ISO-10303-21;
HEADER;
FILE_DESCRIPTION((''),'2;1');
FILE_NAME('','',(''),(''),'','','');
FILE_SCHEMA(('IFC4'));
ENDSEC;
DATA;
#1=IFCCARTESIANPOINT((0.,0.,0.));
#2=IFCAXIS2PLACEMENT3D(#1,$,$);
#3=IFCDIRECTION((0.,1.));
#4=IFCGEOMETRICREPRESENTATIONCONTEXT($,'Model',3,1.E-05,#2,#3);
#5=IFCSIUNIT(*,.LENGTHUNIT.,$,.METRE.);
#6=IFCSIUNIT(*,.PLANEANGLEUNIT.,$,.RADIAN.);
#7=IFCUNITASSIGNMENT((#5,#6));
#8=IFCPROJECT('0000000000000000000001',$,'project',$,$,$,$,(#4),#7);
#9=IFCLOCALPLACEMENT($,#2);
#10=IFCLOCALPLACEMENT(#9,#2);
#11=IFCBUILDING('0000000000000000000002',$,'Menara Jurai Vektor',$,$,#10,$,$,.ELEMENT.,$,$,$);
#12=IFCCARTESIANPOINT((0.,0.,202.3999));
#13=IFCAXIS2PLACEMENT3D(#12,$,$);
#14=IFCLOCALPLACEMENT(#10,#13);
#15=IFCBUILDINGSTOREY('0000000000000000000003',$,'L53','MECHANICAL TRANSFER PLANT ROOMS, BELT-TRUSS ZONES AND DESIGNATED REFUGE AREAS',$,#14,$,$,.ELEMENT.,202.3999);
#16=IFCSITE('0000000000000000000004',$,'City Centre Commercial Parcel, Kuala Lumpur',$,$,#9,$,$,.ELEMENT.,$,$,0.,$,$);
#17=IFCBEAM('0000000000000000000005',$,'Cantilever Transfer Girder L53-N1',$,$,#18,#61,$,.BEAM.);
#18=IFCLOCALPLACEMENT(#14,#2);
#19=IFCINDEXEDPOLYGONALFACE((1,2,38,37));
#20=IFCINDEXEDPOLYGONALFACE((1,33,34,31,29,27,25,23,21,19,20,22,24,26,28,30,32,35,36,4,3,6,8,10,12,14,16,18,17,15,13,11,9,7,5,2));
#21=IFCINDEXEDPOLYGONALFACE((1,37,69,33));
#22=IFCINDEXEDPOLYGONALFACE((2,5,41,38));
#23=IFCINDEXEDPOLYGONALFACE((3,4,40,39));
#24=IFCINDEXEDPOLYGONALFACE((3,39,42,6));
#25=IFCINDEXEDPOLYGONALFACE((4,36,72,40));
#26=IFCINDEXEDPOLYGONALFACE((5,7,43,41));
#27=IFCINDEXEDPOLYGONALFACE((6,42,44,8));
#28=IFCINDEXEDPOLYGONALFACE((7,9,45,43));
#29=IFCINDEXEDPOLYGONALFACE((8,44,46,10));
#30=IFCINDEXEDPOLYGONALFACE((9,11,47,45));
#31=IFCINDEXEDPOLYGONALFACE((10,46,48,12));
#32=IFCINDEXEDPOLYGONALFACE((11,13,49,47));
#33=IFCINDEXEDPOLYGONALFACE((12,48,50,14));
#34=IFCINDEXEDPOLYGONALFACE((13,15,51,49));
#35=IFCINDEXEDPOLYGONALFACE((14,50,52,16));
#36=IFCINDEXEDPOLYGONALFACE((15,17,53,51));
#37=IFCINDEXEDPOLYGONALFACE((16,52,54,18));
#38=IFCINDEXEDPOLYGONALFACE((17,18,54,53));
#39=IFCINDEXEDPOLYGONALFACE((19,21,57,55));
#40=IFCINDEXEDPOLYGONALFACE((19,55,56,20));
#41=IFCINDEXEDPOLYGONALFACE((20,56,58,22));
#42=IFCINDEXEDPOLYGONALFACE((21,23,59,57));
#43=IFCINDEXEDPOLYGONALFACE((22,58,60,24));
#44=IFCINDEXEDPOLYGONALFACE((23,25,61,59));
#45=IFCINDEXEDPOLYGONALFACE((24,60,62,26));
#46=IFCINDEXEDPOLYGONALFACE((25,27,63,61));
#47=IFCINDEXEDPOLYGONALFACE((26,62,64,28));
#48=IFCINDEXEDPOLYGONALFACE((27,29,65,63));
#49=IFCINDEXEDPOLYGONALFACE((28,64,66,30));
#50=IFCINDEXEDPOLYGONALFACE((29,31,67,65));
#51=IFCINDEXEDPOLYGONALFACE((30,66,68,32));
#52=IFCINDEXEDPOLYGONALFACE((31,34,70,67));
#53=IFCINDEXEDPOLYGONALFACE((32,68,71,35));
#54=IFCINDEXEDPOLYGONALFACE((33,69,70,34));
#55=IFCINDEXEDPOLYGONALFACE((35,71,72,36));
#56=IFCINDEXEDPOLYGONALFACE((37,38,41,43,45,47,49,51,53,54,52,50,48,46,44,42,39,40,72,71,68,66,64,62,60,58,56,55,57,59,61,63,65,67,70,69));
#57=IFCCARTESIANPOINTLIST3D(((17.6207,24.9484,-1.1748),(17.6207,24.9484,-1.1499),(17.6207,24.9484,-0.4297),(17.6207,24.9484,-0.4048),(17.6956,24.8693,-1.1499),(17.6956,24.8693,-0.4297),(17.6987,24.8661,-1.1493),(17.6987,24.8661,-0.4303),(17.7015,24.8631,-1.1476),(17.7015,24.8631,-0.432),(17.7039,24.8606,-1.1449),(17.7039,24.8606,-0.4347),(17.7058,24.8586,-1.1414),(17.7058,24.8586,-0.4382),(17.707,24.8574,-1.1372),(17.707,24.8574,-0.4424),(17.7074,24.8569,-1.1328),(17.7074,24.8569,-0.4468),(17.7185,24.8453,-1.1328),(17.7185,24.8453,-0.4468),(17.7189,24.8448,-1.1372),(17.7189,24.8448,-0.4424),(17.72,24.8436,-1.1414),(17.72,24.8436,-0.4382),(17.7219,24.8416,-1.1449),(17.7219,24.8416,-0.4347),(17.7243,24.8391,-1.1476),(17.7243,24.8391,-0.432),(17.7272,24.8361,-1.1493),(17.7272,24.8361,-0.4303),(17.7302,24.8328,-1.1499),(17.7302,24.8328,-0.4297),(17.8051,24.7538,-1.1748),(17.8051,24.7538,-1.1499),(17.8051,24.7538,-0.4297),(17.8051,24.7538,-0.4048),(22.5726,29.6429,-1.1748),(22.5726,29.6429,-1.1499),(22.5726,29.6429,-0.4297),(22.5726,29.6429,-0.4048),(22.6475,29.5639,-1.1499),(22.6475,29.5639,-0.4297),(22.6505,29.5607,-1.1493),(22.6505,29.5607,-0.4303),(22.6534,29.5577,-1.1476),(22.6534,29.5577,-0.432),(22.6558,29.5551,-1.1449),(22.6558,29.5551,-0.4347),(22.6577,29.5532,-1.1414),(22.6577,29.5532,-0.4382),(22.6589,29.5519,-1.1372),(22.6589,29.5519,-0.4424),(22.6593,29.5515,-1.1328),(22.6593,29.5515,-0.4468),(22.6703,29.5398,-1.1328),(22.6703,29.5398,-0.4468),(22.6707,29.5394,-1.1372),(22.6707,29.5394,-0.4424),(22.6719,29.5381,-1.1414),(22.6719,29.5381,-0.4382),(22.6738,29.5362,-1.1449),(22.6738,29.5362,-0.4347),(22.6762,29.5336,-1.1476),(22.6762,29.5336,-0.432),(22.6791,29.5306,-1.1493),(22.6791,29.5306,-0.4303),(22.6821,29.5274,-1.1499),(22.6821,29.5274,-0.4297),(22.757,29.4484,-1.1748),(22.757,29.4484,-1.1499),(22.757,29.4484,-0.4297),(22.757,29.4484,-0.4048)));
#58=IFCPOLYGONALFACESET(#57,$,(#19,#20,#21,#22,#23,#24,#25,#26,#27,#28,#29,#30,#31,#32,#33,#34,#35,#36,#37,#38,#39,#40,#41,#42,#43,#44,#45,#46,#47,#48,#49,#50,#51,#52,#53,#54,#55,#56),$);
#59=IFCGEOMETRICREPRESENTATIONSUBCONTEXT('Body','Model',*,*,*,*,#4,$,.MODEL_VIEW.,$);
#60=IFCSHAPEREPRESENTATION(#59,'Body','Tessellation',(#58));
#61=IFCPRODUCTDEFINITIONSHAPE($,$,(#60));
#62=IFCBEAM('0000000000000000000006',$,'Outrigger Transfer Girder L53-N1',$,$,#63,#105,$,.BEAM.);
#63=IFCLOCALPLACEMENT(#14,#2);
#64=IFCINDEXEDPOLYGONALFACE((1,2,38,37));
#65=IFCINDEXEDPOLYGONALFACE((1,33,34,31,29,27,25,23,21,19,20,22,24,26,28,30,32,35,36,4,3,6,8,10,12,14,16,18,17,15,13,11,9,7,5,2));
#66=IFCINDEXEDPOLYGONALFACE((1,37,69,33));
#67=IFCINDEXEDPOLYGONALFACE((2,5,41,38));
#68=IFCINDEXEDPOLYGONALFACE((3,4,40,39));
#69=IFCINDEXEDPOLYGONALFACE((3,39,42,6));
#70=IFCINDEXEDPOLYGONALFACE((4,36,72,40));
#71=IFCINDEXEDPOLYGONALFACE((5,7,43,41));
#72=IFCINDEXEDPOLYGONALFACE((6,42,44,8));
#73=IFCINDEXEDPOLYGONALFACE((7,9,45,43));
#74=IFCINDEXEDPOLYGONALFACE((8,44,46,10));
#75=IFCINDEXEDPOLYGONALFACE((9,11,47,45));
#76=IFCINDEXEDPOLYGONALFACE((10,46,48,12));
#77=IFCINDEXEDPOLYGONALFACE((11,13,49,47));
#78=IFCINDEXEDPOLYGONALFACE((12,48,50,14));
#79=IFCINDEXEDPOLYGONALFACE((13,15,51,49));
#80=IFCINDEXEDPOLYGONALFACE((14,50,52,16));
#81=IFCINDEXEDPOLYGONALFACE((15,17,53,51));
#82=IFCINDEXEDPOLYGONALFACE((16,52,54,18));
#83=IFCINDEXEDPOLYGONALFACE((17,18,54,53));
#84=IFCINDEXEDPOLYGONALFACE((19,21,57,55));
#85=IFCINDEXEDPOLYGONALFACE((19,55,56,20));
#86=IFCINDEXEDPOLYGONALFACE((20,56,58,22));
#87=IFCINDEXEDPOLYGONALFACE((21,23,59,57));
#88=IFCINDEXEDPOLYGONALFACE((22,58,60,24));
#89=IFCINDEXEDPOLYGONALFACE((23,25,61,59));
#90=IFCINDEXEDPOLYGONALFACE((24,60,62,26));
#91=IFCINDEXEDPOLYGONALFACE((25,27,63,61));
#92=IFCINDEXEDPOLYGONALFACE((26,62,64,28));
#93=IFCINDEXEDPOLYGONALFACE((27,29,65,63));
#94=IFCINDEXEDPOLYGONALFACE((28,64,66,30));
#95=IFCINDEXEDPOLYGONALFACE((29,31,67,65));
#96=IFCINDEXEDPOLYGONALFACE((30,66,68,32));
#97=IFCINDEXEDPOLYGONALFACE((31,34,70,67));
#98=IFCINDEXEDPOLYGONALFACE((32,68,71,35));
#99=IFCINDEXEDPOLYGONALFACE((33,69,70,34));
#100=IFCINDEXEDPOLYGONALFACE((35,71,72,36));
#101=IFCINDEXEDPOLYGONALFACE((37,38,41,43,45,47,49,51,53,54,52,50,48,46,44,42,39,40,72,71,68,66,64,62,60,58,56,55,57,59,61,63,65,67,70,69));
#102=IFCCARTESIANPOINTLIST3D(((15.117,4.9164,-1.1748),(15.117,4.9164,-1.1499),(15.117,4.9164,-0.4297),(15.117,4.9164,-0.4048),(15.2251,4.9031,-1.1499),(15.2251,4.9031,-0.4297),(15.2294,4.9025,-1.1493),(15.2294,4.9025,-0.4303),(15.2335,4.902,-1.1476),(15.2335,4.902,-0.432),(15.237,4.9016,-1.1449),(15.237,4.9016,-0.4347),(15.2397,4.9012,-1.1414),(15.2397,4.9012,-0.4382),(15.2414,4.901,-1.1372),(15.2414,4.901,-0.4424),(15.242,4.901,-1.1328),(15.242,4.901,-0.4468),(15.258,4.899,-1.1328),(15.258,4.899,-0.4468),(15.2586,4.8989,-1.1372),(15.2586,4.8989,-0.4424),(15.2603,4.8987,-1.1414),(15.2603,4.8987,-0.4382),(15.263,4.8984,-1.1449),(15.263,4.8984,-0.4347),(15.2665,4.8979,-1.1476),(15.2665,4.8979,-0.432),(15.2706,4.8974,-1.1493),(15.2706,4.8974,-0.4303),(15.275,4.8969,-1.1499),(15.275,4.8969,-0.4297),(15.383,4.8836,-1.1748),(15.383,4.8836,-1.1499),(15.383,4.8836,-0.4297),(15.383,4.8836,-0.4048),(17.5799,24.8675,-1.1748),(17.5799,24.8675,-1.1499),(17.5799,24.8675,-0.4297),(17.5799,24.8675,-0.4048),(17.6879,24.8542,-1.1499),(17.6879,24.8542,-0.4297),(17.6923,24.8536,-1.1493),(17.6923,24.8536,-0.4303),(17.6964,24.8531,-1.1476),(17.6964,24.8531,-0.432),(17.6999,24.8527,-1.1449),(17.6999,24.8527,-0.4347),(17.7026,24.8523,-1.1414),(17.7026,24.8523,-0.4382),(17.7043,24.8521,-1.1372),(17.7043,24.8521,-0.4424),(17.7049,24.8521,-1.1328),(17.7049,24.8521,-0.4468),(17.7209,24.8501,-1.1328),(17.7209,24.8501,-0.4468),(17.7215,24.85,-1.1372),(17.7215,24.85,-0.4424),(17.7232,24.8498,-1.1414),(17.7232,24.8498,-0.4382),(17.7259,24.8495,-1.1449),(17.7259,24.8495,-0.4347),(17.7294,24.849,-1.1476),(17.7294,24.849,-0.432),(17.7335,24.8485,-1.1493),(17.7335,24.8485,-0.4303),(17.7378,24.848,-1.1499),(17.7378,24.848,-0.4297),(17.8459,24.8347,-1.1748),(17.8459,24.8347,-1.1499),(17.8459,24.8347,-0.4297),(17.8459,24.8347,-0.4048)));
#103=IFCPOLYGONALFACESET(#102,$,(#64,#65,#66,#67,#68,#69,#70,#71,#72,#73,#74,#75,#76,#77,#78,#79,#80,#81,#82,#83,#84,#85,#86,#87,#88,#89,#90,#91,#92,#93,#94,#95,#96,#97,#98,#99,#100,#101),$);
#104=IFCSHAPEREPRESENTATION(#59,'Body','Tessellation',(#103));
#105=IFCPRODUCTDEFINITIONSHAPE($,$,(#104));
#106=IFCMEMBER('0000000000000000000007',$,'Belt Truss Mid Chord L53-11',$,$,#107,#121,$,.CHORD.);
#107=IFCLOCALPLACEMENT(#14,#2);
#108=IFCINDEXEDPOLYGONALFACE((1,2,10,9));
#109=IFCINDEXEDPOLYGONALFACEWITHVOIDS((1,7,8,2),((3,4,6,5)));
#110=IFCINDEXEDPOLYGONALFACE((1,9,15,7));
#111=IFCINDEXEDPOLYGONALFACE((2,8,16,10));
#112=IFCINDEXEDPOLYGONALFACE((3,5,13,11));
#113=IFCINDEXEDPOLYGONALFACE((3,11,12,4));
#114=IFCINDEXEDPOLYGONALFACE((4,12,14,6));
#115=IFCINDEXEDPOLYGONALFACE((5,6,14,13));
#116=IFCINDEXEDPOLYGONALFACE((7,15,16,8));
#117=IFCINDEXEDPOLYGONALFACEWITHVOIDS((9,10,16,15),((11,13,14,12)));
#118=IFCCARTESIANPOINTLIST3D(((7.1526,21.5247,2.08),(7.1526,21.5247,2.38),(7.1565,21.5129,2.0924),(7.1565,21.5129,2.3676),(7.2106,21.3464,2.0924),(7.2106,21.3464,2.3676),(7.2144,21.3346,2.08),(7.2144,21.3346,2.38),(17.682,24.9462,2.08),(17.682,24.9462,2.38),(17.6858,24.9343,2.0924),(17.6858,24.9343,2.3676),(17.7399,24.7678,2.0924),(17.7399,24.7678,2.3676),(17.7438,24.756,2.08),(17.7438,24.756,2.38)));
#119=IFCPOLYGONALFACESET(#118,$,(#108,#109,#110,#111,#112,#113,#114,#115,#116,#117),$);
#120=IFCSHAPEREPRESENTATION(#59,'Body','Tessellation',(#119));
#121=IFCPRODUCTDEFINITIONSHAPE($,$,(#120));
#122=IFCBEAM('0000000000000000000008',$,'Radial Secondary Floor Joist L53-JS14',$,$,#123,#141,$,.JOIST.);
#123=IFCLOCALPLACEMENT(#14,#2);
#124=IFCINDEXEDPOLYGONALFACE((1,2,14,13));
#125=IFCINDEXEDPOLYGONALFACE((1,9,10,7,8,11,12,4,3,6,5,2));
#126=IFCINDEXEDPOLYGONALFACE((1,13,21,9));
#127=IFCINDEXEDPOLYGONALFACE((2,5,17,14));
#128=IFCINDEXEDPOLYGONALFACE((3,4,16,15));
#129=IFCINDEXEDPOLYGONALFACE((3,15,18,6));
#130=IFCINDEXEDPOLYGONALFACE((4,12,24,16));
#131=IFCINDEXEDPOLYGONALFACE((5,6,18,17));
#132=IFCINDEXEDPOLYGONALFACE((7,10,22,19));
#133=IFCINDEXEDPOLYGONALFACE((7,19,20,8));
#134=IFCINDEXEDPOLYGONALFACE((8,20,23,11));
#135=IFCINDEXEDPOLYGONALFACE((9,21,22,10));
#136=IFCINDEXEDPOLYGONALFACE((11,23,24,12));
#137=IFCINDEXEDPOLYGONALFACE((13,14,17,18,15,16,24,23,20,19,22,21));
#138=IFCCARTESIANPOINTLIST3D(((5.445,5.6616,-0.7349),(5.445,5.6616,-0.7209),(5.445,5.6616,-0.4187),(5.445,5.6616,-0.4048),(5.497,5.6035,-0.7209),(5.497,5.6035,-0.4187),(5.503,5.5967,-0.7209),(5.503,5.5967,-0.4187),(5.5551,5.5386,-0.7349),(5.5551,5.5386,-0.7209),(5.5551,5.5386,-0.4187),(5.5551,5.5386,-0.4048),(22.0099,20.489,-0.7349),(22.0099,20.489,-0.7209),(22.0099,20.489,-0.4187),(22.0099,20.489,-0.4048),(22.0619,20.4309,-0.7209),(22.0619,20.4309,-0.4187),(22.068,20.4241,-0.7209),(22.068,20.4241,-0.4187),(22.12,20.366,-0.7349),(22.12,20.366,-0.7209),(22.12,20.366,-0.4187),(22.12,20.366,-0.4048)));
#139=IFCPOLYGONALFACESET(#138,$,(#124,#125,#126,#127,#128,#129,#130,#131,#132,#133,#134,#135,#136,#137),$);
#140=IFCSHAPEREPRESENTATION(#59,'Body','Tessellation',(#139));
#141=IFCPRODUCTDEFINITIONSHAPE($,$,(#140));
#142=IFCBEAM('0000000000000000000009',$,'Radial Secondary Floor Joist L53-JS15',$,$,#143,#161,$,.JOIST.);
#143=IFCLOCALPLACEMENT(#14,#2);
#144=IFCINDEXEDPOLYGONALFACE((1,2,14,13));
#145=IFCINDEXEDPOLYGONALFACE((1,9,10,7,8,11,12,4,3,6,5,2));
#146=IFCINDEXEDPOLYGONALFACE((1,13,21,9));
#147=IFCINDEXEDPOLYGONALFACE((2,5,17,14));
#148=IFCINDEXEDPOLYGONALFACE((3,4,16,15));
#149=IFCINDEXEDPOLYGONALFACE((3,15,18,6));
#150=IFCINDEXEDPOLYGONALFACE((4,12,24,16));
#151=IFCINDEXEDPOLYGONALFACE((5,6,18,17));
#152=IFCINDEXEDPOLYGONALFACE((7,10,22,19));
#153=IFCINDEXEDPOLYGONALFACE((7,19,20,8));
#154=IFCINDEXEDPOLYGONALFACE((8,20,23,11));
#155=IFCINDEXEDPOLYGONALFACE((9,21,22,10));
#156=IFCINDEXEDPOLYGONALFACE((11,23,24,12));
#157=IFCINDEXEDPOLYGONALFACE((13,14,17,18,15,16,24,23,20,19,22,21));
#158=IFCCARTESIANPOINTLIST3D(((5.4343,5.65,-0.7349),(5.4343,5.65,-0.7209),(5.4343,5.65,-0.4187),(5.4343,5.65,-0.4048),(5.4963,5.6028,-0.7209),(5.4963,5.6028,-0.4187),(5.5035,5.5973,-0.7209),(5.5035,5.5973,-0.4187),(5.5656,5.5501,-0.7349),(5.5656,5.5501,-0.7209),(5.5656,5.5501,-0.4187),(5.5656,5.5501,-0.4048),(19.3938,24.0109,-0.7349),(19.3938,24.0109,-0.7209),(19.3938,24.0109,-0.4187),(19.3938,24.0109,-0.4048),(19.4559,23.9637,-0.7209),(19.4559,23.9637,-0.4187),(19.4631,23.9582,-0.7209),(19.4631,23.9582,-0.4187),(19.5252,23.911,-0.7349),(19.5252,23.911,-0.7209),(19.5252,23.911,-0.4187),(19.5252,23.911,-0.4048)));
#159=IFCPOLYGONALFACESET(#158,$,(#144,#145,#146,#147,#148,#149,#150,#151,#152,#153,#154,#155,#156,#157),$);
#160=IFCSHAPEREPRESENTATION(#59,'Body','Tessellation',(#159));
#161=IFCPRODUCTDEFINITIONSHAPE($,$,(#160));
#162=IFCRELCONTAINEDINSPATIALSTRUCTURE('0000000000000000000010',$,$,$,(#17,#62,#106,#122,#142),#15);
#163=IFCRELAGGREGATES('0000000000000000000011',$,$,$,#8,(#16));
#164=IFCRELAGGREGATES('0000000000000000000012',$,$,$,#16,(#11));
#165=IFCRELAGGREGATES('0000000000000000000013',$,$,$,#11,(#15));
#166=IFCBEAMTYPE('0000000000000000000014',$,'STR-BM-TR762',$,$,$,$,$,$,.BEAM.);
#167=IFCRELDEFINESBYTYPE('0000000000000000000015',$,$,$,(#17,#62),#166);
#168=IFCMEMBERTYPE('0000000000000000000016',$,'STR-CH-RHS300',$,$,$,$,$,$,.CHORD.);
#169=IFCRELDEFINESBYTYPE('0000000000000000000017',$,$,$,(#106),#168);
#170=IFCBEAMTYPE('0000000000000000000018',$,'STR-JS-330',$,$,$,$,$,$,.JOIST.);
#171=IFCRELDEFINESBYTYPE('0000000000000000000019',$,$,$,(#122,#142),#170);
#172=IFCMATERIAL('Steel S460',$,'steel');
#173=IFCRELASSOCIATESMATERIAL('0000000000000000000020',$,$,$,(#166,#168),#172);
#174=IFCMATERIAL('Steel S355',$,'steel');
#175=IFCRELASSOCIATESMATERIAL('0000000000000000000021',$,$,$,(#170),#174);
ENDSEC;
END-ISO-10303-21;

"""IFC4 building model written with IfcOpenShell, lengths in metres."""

from ifc_helpers import new_model, si_unit, direction, frame, origin, origin_2d, place, context, subcontext, project, spatial, hollow_rectangle, i_section, extrude, material, material_profile, profile_set, type_object, element, save


model = new_model("IFC4")

# Units and contexts
model_context = context("Model", 3, precision=1e-05, world=origin(), true_north=direction((0.0, 1.0)))
body_context = subcontext(model_context, "Body", "Model", "MODEL_VIEW")
ifc_project = project(units=[si_unit("LENGTHUNIT", "METRE"), si_unit("PLANEANGLEUNIT", "RADIAN")], contexts=[model_context])

# Site, building, storey
site_placement = place(None, origin())
site = spatial("IfcSite", under=ifc_project, at=site_placement, Name="City Centre Commercial Parcel, Kuala Lumpur", CompositionType="ELEMENT", RefElevation=0.0)
building_placement = place(site_placement, origin())
building = spatial("IfcBuilding", under=site, at=building_placement, Name="Menara Jurai Vektor", CompositionType="ELEMENT")
storey_placement = place(building_placement, frame((0.0, 0.0, 202.3999)))
storey = spatial("IfcBuildingStorey", under=building, at=storey_placement, Name="L53", Description="MECHANICAL TRANSFER PLANT ROOMS, BELT-TRUSS ZONES AND DESIGNATED REFUGE AREAS", CompositionType="ELEMENT", Elevation=202.3999)

# Shared definitions
ifc_material_1 = material(Name="Steel S460", Category="steel")

# Beams
ifc_material_2 = material(Name="Steel S355", Category="steel")
ifc_material_profile_1 = material_profile(ifc_material_1, i_section(OverallWidth=0.2681, OverallDepth=0.77, WebThickness=0.0161, FlangeThickness=0.0249, FilletRadius=0.0171, at=origin_2d()), Name="UKB 762x267x197")
ifc_profile_set_1 = profile_set([ifc_material_profile_1], Name="Steel S460")
beam_type_1 = type_object("IfcBeamType", Name="STR-BM-TR762", PredefinedType="BEAM", material=ifc_profile_set_1)
beam_1_placement = place(storey_placement, frame((22.6648, 29.5457, -0.7898), z_axis=(-0.725711, -0.688, 0.0), x_axis=(0.688, -0.725711, 0.0)))
element("IfcBeam", 1, at=beam_1_placement, inside=storey, type_object=beam_type_1, Name="Cantilever Transfer Girder L53-N1", PredefinedType="BEAM", context=body_context, shape_type="SweptSolid", body=[
    extrude(i_section(OverallWidth=0.2681, OverallDepth=0.77, WebThickness=0.0161, FlangeThickness=0.0249, FilletRadius=0.0171, at=origin_2d()), origin(), (0.0, 0.0, 1.0), 6.8235),
])
beam_2_placement = place(storey_placement, frame((17.7129, 24.8511, -0.7898), z_axis=(-0.122516, -0.992467, 0.0), x_axis=(0.992467, -0.122516, 0.0)))
element("IfcBeam", 2, at=beam_2_placement, inside=storey, type_object=beam_type_1, Name="Outrigger Transfer Girder L53-N1", PredefinedType="BEAM", context=body_context, shape_type="SweptSolid", body=[
    extrude(i_section(OverallWidth=0.2681, OverallDepth=0.77, WebThickness=0.0161, FlangeThickness=0.0249, FilletRadius=0.0171, at=origin_2d()), origin(), (0.0, 0.0, 1.0), 20.1025),
])

# Member
ifc_material_profile_2 = material_profile(ifc_material_1, hollow_rectangle(XDim=0.2, YDim=0.3, WallThickness=0.0125, at=origin_2d()), Name="RHS 300x200x12.5")
ifc_profile_set_2 = profile_set([ifc_material_profile_2], Name="Steel S460")
member_type_1 = type_object("IfcMemberType", Name="STR-CH-RHS300", PredefinedType="CHORD", material=ifc_profile_set_2)
member_1_placement = place(storey_placement, frame((17.7129, 24.8511, 2.23), z_axis=(-0.951051, -0.309034, 0.0), x_axis=(0.309034, -0.951051, 0.0)))
element("IfcMember", 3, at=member_1_placement, inside=storey, type_object=member_type_1, Name="Belt Truss Mid Chord L53-11", PredefinedType="CHORD", context=body_context, shape_type="SweptSolid", body=[
    extrude(hollow_rectangle(XDim=0.2, YDim=0.3, WallThickness=0.0125, at=origin_2d()), origin(), (0.0, 0.0, 1.0), 11.0713),
])

# Beams
ifc_material_profile_3 = material_profile(ifc_material_2, i_section(OverallWidth=0.165, OverallDepth=0.3301, WebThickness=0.009, FlangeThickness=0.0139, at=origin_2d()), Name="PG 330x165x46")
ifc_profile_set_3 = profile_set([ifc_material_profile_3], Name="Steel S355")
beam_type_2 = type_object("IfcBeamType", Name="STR-JS-330", PredefinedType="JOIST", material=ifc_profile_set_3)
beam_3_placement = place(storey_placement, frame((22.0649, 20.4275, -0.5698), z_axis=(-0.745104, -0.666948, 0.0), x_axis=(0.666948, -0.745104, 0.0)))
element("IfcBeam", 4, at=beam_3_placement, inside=storey, type_object=beam_type_2, Name="Radial Secondary Floor Joist L53-JS14", PredefinedType="JOIST", context=body_context, shape_type="SweptSolid", body=[
    extrude(i_section(OverallWidth=0.165, OverallDepth=0.3301, WebThickness=0.009, FlangeThickness=0.0139, at=origin_2d()), origin(), (0.0, 0.0, 1.0), 22.2317),
])
beam_4_placement = place(storey_placement, frame((19.4595, 23.9609, -0.5698), z_axis=(-0.605227, -0.796053, 0.0), x_axis=(0.796053, -0.605227, 0.0)))
element("IfcBeam", 5, at=beam_4_placement, inside=storey, type_object=beam_type_2, Name="Radial Secondary Floor Joist L53-JS15", PredefinedType="JOIST", context=body_context, shape_type="SweptSolid", body=[
    extrude(i_section(OverallWidth=0.165, OverallDepth=0.3301, WebThickness=0.009, FlangeThickness=0.0139, at=origin_2d()), origin(), (0.0, 0.0, 1.0), 23.0649),
])

save(model, "model.ifc")
